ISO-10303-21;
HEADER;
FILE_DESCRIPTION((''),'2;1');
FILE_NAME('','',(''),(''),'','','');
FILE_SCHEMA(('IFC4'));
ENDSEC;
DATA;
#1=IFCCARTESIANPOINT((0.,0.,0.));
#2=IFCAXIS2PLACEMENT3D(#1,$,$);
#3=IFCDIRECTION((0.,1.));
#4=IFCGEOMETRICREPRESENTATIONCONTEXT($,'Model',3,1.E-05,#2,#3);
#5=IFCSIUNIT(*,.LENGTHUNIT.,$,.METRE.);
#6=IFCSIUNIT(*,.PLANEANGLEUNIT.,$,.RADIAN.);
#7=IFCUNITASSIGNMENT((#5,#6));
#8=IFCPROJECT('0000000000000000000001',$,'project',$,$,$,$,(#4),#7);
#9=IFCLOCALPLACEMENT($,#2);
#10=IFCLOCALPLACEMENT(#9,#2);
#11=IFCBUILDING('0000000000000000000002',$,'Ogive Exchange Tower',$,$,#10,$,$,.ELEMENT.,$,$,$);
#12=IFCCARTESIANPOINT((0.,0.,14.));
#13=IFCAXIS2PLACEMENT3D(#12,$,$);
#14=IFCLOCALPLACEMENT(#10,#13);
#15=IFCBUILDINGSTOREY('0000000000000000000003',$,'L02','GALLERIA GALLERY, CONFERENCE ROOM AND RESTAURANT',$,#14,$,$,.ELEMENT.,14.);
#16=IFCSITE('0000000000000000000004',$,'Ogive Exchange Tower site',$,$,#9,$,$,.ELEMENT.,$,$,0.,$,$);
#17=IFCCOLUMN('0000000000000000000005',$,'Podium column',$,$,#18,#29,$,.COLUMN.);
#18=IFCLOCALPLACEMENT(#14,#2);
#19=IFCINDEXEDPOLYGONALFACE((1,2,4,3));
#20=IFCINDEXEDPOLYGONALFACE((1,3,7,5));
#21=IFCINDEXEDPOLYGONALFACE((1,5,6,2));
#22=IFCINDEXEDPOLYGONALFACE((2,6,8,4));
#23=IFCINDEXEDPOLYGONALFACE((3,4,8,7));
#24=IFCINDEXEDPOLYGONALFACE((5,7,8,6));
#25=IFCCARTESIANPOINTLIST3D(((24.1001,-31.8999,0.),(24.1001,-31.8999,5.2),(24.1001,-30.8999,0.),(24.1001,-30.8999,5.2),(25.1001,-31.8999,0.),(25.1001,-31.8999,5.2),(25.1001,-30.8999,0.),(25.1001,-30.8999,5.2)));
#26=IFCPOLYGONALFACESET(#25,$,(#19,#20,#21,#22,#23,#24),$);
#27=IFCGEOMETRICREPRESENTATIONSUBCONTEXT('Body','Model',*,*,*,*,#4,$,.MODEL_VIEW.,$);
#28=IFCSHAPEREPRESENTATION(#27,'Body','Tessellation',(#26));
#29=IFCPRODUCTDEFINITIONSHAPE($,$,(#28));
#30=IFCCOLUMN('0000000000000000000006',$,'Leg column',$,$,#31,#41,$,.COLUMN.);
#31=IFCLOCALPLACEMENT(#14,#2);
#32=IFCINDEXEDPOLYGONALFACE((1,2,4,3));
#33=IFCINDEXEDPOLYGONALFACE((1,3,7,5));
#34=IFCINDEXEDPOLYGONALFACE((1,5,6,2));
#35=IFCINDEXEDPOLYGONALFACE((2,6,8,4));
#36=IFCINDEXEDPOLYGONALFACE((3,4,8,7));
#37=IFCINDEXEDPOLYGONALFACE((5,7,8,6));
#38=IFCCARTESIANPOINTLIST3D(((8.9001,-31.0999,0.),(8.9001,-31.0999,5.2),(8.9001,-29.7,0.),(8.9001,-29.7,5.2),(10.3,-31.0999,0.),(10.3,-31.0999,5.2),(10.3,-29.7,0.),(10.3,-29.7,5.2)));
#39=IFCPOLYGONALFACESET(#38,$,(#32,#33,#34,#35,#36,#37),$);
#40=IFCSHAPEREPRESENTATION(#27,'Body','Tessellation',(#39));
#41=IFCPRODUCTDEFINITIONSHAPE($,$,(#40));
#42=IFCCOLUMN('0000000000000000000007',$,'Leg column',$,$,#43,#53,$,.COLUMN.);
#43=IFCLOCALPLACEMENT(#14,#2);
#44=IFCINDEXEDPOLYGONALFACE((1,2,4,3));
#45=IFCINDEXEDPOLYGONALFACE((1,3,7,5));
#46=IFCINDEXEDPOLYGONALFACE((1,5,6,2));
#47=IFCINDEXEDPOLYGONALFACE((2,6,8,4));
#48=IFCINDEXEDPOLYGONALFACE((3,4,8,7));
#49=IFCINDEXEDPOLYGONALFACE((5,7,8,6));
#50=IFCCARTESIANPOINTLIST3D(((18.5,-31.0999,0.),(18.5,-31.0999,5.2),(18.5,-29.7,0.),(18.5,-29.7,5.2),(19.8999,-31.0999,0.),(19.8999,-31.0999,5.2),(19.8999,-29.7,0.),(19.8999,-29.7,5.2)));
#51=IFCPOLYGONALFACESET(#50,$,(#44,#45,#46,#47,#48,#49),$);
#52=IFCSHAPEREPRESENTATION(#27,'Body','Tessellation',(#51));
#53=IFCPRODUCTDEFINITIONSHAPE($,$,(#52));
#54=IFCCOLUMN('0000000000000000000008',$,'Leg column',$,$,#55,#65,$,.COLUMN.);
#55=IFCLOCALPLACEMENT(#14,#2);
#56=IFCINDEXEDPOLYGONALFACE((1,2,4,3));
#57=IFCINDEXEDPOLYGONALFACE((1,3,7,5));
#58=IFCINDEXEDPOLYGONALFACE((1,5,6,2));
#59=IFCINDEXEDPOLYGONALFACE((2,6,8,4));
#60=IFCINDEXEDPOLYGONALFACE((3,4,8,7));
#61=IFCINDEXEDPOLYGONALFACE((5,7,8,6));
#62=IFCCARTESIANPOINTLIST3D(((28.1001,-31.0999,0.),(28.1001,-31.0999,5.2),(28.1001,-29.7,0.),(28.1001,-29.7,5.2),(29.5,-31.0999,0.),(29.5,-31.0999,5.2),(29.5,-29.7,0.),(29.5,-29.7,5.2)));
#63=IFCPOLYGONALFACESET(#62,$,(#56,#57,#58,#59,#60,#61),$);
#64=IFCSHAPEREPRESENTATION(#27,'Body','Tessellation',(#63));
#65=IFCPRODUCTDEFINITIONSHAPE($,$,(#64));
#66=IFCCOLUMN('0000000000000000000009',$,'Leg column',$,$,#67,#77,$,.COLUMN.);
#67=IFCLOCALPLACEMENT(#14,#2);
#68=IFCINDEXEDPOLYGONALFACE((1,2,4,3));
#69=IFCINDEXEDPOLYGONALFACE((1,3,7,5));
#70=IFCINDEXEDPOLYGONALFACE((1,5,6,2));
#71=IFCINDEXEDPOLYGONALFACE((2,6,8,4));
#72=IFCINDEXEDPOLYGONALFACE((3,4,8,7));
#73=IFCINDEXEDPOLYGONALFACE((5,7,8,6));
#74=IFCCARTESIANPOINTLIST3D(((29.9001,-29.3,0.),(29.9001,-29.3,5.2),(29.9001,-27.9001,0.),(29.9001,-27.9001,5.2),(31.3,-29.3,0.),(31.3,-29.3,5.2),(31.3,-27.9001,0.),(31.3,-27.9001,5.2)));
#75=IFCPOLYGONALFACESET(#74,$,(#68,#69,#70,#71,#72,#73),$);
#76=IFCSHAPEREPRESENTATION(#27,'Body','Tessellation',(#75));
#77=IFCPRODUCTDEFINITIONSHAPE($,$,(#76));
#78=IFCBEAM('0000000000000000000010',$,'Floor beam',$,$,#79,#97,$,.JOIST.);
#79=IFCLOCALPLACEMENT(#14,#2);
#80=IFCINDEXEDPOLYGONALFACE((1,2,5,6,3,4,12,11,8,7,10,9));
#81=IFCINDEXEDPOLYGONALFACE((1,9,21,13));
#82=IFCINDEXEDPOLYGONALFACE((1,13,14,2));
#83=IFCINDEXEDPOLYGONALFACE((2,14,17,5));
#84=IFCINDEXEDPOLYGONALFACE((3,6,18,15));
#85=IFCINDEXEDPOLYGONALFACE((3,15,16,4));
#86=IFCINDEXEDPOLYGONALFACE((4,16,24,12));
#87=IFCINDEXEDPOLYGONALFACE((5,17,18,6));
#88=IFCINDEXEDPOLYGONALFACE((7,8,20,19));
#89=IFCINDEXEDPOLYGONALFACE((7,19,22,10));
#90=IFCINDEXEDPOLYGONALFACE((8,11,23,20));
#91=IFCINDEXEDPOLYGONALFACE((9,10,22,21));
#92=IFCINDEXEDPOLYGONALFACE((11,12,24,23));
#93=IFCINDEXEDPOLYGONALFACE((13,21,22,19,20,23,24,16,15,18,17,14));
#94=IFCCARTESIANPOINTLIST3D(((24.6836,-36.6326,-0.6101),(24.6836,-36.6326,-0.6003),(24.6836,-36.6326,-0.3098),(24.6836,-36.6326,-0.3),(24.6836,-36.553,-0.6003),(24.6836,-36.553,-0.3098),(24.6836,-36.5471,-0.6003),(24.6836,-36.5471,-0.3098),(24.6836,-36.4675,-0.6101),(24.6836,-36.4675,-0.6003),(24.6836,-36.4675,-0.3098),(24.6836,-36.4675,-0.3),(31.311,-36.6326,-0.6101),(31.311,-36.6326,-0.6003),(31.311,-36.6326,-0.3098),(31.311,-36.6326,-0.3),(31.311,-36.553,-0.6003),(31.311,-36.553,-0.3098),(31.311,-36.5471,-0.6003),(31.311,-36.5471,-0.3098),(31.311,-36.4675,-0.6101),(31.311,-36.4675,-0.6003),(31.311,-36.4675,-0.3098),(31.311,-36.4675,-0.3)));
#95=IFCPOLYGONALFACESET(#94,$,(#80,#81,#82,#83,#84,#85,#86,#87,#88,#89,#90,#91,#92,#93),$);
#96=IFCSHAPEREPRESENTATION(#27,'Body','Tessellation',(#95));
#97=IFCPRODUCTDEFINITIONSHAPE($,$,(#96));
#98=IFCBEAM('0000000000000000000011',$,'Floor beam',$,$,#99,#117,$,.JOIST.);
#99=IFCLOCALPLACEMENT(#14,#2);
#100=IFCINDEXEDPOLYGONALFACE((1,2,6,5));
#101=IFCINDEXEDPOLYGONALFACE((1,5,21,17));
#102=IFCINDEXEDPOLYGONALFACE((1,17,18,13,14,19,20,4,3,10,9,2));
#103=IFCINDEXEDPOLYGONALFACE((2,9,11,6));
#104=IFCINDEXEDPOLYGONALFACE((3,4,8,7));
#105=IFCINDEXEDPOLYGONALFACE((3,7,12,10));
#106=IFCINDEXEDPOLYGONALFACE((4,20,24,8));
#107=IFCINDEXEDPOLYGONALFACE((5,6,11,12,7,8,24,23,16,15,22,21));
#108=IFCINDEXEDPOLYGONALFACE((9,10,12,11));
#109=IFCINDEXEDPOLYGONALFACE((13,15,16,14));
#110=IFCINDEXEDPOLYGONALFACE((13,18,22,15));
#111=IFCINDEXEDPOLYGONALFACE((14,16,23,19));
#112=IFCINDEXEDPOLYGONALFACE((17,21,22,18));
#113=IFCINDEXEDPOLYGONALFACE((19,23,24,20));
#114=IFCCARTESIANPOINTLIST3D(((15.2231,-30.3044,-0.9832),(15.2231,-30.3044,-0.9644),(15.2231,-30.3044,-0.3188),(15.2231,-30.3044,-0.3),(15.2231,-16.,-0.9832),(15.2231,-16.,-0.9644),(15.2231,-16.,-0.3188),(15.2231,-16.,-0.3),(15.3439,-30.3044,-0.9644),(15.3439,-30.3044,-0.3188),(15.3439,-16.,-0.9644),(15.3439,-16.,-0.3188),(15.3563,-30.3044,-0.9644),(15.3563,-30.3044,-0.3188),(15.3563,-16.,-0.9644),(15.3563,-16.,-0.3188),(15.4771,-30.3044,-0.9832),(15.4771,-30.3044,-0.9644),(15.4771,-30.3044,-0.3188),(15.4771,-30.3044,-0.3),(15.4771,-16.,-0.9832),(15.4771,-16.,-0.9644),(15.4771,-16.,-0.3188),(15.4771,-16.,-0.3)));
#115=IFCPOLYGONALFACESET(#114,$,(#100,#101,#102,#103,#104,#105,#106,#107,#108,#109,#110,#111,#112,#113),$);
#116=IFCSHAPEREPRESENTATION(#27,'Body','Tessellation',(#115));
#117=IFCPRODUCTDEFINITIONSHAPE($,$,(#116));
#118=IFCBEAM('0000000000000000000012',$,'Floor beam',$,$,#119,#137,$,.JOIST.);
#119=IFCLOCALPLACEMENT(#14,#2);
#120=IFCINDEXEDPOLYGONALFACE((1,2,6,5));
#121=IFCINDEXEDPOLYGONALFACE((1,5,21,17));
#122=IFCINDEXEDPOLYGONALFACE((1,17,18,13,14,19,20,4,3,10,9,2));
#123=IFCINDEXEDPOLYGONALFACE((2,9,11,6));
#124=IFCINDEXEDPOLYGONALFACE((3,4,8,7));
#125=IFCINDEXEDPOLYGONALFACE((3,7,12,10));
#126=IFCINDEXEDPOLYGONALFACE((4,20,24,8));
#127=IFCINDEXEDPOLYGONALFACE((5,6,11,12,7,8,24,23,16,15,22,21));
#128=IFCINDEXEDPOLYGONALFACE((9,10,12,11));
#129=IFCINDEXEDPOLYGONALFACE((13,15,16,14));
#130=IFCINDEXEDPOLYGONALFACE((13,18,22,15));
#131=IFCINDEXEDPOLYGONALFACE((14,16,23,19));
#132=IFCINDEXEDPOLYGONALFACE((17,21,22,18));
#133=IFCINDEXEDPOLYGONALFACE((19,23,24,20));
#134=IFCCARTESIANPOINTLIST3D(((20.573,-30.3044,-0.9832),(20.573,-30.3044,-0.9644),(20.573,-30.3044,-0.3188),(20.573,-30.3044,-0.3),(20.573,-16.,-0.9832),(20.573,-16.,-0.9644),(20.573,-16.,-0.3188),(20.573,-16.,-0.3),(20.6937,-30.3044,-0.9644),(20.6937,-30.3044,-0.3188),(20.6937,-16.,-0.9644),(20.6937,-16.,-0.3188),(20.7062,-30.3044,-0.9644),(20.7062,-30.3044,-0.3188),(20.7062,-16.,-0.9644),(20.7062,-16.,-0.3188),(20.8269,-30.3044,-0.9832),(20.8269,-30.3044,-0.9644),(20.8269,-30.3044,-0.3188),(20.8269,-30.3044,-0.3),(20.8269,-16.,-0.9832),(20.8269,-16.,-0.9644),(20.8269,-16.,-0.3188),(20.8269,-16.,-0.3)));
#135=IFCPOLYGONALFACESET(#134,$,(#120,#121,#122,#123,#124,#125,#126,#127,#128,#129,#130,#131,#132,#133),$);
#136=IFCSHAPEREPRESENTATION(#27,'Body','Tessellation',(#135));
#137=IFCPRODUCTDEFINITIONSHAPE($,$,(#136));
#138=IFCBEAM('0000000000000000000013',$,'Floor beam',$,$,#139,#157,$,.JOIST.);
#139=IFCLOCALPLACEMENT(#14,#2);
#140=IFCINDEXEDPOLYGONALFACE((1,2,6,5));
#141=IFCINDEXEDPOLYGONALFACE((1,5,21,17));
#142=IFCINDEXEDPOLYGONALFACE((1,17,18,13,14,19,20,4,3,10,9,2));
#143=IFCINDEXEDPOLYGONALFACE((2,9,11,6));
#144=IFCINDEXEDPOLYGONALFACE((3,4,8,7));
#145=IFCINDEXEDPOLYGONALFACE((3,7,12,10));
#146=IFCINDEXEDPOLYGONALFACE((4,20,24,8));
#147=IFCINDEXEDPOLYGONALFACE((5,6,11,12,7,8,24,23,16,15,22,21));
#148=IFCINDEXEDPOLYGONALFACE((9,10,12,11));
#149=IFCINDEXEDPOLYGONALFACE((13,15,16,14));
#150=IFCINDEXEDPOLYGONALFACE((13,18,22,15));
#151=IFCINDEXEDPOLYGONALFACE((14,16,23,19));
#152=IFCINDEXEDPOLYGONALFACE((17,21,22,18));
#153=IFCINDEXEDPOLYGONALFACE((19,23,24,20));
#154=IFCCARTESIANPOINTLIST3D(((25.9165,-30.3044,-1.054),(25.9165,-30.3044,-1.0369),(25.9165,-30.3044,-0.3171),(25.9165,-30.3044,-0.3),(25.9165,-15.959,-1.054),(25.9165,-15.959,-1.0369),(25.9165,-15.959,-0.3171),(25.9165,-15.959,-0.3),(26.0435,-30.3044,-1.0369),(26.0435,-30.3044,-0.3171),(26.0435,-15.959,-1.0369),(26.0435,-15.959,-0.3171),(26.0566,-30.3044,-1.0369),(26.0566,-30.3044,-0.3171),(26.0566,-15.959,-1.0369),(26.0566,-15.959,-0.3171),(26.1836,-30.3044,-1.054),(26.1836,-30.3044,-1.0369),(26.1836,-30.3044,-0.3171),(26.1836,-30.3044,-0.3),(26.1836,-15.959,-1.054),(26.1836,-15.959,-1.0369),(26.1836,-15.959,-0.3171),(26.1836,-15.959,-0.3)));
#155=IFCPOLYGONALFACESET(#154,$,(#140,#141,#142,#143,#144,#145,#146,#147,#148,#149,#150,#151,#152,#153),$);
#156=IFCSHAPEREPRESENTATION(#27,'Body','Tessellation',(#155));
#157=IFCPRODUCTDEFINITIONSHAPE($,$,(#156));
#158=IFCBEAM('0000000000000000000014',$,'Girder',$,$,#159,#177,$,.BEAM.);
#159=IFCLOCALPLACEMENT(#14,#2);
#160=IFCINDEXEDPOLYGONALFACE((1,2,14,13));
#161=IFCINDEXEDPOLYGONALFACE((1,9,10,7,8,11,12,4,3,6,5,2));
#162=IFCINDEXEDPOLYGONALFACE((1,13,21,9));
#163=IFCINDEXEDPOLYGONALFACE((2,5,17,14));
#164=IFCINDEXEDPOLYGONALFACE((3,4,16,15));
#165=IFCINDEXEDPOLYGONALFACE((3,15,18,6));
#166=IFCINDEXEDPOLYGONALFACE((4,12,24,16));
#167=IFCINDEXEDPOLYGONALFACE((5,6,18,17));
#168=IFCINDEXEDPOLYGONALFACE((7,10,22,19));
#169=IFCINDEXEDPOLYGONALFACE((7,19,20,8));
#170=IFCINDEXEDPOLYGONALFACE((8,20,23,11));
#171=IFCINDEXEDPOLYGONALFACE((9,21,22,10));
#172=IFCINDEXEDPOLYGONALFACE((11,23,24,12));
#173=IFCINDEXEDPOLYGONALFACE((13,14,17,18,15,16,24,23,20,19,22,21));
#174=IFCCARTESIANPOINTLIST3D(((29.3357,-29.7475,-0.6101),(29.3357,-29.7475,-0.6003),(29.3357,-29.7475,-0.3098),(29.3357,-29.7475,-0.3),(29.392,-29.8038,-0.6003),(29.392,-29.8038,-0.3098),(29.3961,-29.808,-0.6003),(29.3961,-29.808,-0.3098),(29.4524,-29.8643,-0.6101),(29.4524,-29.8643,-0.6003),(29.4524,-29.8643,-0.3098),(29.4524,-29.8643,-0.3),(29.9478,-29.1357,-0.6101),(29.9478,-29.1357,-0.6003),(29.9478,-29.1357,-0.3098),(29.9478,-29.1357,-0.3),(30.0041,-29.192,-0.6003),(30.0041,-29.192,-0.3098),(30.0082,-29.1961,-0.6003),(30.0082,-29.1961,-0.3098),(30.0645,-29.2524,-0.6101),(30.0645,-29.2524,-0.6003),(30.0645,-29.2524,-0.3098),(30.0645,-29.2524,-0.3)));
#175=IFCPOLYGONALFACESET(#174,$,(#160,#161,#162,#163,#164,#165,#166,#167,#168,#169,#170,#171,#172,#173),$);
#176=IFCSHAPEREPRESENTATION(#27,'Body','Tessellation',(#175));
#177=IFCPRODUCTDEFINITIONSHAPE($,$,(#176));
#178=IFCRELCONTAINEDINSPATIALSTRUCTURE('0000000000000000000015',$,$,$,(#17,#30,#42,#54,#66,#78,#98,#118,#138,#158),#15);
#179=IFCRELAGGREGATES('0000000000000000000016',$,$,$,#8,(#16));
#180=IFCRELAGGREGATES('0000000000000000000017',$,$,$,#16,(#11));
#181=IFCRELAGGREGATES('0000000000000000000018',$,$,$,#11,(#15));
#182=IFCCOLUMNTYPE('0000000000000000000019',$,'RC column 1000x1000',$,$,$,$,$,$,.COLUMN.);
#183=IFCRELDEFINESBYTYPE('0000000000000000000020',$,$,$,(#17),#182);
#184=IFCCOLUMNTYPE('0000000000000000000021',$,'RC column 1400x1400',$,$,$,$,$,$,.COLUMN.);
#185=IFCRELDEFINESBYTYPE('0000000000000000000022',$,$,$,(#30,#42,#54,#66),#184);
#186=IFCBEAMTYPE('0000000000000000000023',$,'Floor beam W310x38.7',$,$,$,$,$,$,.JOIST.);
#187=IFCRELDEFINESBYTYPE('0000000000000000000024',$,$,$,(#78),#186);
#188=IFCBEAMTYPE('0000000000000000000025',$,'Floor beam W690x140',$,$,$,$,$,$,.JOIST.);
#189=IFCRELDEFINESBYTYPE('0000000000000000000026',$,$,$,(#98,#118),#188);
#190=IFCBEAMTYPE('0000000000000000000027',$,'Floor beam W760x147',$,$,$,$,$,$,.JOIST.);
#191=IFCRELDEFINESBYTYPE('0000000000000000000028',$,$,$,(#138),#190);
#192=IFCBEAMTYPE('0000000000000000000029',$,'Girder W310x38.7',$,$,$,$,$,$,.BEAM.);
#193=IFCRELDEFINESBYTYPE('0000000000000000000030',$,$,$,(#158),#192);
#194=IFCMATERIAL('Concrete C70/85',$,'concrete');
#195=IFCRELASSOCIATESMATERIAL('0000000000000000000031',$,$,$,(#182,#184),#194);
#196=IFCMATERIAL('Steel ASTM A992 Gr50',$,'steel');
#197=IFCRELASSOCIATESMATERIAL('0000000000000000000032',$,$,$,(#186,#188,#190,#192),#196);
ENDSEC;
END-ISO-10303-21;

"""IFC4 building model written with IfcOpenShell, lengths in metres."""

from ifc_helpers import new_model, si_unit, direction, frame, origin, origin_2d, place, context, subcontext, project, spatial, rectangle, i_section, extrude, material, material_profile, profile_set, type_object, element, save


model = new_model("IFC4")

# Units and contexts
model_context = context("Model", 3, precision=1e-05, world=origin(), true_north=direction((0.0, 1.0)))
body_context = subcontext(model_context, "Body", "Model", "MODEL_VIEW")
ifc_project = project(units=[si_unit("LENGTHUNIT", "METRE"), si_unit("PLANEANGLEUNIT", "RADIAN")], contexts=[model_context])

# Site, building, storey
site_placement = place(None, origin())
site = spatial("IfcSite", under=ifc_project, at=site_placement, Name="Ogive Exchange Tower site", CompositionType="ELEMENT", RefElevation=0.0)
building_placement = place(site_placement, origin())
building = spatial("IfcBuilding", under=site, at=building_placement, Name="Ogive Exchange Tower", CompositionType="ELEMENT")
storey_placement = place(building_placement, frame((0.0, 0.0, 14.0)))
storey = spatial("IfcBuildingStorey", under=building, at=storey_placement, Name="L02", Description="GALLERIA GALLERY, CONFERENCE ROOM AND RESTAURANT", CompositionType="ELEMENT", Elevation=14.0)

# Columns
ifc_material_1 = material(Name="Concrete C70/85", Category="concrete")
ifc_material_profile_1 = material_profile(ifc_material_1, rectangle(XDim=1.0, YDim=1.0, at=origin_2d()), Name="RC 1000x1000")
ifc_profile_set_1 = profile_set([ifc_material_profile_1], Name="Concrete C70/85")
column_type_1 = type_object("IfcColumnType", Name="RC column 1000x1000", PredefinedType="COLUMN", material=ifc_profile_set_1)
column_placement = place(storey_placement, frame((24.6001, -31.3999, 0.0), z_axis=(0.0, 0.0, 1.0), x_axis=(1.0, 0.0, 0.0)))
element("IfcColumn", 1, at=column_placement, inside=storey, type_object=column_type_1, Name="Podium column", PredefinedType="COLUMN", context=body_context, shape_type="SweptSolid", body=[
    extrude(rectangle(XDim=1.0, YDim=1.0, at=origin_2d()), origin(), (0.0, 0.0, 1.0), 5.2),
])
ifc_material_profile_2 = material_profile(ifc_material_1, rectangle(XDim=1.3999, YDim=1.3999, at=origin_2d()), Name="RC 1400x1400")
ifc_profile_set_2 = profile_set([ifc_material_profile_2], Name="Concrete C70/85")
column_type_2 = type_object("IfcColumnType", Name="RC column 1400x1400", PredefinedType="COLUMN", material=ifc_profile_set_2)
for number, where, z_axis, x_axis, name in (
    (2, (9.6001, -30.3999, 0.0), (0.0, 0.0, 1.0), (1.0, 0.0, 0.0), "Leg column"),
    (3, (19.2, -30.3999, 0.0), (0.0, 0.0, 1.0), (1.0, 0.0, 0.0), "Leg column"),
    (4, (28.8, -30.3999, 0.0), (0.0, 0.0, 1.0), (1.0, 0.0, 0.0), "Leg column"),
    (5, (30.6001, -28.6001, 0.0), (0.0, 0.0, 1.0), (1.0, 0.0, 0.0), "Leg column"),
):
    element("IfcColumn", number, at=place(storey_placement, frame(where, z_axis=z_axis, x_axis=x_axis)), inside=storey, type_object=column_type_2, Name=name, PredefinedType="COLUMN", context=body_context, shape_type="SweptSolid", body=[
        extrude(rectangle(XDim=1.3999, YDim=1.3999, at=origin_2d()), origin(), (0.0, 0.0, 1.0), 5.2),
    ])

# Beams
ifc_material_2 = material(Name="Steel ASTM A992 Gr50", Category="steel")
ifc_material_profile_3 = material_profile(ifc_material_2, i_section(OverallWidth=0.165, OverallDepth=0.3101, WebThickness=0.0059, FlangeThickness=0.0098, at=origin_2d()), Name="W310x38.7")
ifc_profile_set_3 = profile_set([ifc_material_profile_3], Name="Steel ASTM A992 Gr50")
beam_type_1 = type_object("IfcBeamType", Name="Floor beam W310x38.7", PredefinedType="JOIST", material=ifc_profile_set_3)
beam_1_placement = place(storey_placement, frame((24.6836, -36.55, -0.4551), z_axis=(1.0, 0.0, 0.0), x_axis=(0.0, 1.0, 0.0)))
element("IfcBeam", 6, at=beam_1_placement, inside=storey, type_object=beam_type_1, Name="Floor beam", PredefinedType="JOIST", context=body_context, shape_type="SweptSolid", body=[
    extrude(i_section(OverallWidth=0.165, OverallDepth=0.3101, WebThickness=0.0059, FlangeThickness=0.0098, at=origin_2d()), origin(), (0.0, 0.0, 1.0), 6.6274),
])
ifc_material_profile_4 = material_profile(ifc_material_2, i_section(OverallWidth=0.2539, OverallDepth=0.6831, WebThickness=0.0125, FlangeThickness=0.0188, at=origin_2d()), Name="W690x140")
ifc_profile_set_4 = profile_set([ifc_material_profile_4], Name="Steel ASTM A992 Gr50")
beam_type_2 = type_object("IfcBeamType", Name="Floor beam W690x140", PredefinedType="JOIST", material=ifc_profile_set_4)
for number, where, z_axis, x_axis, name in (
    (7, (15.3501, -30.3044, -0.6416), (0.0, 1.0, 0.0), (-1.0, 0.0, 0.0), "Floor beam"),
    (8, (20.7, -30.3044, -0.6416), (0.0, 1.0, 0.0), (-1.0, 0.0, 0.0), "Floor beam"),
):
    element("IfcBeam", number, at=place(storey_placement, frame(where, z_axis=z_axis, x_axis=x_axis)), inside=storey, type_object=beam_type_2, Name=name, PredefinedType="JOIST", context=body_context, shape_type="SweptSolid", body=[
        extrude(i_section(OverallWidth=0.2539, OverallDepth=0.6831, WebThickness=0.0125, FlangeThickness=0.0188, at=origin_2d()), origin(), (0.0, 0.0, 1.0), 14.3044),
    ])
ifc_material_profile_5 = material_profile(ifc_material_2, i_section(OverallWidth=0.2671, OverallDepth=0.7539, WebThickness=0.0132, FlangeThickness=0.0171, at=origin_2d()), Name="W760x147")
ifc_profile_set_5 = profile_set([ifc_material_profile_5], Name="Steel ASTM A992 Gr50")
beam_type_3 = type_object("IfcBeamType", Name="Floor beam W760x147", PredefinedType="JOIST", material=ifc_profile_set_5)
beam_2_placement = place(storey_placement, frame((26.05, -30.3044, -0.677), z_axis=(0.0, 1.0, 0.0), x_axis=(-1.0, 0.0, 0.0)))
element("IfcBeam", 9, at=beam_2_placement, inside=storey, type_object=beam_type_3, Name="Floor beam", PredefinedType="JOIST", context=body_context, shape_type="SweptSolid", body=[
    extrude(i_section(OverallWidth=0.2671, OverallDepth=0.7539, WebThickness=0.0132, FlangeThickness=0.0171, at=origin_2d()), origin(), (0.0, 0.0, 1.0), 14.3455),
])
ifc_material_profile_6 = material_profile(ifc_material_2, i_section(OverallWidth=0.165, OverallDepth=0.3101, WebThickness=0.0059, FlangeThickness=0.0098, at=origin_2d()), Name="W310x38.7")
ifc_profile_set_6 = profile_set([ifc_material_profile_6], Name="Steel ASTM A992 Gr50")
beam_type_4 = type_object("IfcBeamType", Name="Girder W310x38.7", PredefinedType="BEAM", material=ifc_profile_set_6)
beam_3_placement = place(storey_placement, frame((29.394, -29.8059, -0.4551), z_axis=(0.707248, 0.706966, 0.0), x_axis=(-0.706966, 0.707248, 0.0)))
element("IfcBeam", 10, at=beam_3_placement, inside=storey, type_object=beam_type_4, Name="Girder", PredefinedType="BEAM", context=body_context, shape_type="SweptSolid", body=[
    extrude(i_section(OverallWidth=0.165, OverallDepth=0.3101, WebThickness=0.0059, FlangeThickness=0.0098, at=origin_2d()), origin(), (0.0, 0.0, 1.0), 0.8655),
])

save(model, "model.ifc")
